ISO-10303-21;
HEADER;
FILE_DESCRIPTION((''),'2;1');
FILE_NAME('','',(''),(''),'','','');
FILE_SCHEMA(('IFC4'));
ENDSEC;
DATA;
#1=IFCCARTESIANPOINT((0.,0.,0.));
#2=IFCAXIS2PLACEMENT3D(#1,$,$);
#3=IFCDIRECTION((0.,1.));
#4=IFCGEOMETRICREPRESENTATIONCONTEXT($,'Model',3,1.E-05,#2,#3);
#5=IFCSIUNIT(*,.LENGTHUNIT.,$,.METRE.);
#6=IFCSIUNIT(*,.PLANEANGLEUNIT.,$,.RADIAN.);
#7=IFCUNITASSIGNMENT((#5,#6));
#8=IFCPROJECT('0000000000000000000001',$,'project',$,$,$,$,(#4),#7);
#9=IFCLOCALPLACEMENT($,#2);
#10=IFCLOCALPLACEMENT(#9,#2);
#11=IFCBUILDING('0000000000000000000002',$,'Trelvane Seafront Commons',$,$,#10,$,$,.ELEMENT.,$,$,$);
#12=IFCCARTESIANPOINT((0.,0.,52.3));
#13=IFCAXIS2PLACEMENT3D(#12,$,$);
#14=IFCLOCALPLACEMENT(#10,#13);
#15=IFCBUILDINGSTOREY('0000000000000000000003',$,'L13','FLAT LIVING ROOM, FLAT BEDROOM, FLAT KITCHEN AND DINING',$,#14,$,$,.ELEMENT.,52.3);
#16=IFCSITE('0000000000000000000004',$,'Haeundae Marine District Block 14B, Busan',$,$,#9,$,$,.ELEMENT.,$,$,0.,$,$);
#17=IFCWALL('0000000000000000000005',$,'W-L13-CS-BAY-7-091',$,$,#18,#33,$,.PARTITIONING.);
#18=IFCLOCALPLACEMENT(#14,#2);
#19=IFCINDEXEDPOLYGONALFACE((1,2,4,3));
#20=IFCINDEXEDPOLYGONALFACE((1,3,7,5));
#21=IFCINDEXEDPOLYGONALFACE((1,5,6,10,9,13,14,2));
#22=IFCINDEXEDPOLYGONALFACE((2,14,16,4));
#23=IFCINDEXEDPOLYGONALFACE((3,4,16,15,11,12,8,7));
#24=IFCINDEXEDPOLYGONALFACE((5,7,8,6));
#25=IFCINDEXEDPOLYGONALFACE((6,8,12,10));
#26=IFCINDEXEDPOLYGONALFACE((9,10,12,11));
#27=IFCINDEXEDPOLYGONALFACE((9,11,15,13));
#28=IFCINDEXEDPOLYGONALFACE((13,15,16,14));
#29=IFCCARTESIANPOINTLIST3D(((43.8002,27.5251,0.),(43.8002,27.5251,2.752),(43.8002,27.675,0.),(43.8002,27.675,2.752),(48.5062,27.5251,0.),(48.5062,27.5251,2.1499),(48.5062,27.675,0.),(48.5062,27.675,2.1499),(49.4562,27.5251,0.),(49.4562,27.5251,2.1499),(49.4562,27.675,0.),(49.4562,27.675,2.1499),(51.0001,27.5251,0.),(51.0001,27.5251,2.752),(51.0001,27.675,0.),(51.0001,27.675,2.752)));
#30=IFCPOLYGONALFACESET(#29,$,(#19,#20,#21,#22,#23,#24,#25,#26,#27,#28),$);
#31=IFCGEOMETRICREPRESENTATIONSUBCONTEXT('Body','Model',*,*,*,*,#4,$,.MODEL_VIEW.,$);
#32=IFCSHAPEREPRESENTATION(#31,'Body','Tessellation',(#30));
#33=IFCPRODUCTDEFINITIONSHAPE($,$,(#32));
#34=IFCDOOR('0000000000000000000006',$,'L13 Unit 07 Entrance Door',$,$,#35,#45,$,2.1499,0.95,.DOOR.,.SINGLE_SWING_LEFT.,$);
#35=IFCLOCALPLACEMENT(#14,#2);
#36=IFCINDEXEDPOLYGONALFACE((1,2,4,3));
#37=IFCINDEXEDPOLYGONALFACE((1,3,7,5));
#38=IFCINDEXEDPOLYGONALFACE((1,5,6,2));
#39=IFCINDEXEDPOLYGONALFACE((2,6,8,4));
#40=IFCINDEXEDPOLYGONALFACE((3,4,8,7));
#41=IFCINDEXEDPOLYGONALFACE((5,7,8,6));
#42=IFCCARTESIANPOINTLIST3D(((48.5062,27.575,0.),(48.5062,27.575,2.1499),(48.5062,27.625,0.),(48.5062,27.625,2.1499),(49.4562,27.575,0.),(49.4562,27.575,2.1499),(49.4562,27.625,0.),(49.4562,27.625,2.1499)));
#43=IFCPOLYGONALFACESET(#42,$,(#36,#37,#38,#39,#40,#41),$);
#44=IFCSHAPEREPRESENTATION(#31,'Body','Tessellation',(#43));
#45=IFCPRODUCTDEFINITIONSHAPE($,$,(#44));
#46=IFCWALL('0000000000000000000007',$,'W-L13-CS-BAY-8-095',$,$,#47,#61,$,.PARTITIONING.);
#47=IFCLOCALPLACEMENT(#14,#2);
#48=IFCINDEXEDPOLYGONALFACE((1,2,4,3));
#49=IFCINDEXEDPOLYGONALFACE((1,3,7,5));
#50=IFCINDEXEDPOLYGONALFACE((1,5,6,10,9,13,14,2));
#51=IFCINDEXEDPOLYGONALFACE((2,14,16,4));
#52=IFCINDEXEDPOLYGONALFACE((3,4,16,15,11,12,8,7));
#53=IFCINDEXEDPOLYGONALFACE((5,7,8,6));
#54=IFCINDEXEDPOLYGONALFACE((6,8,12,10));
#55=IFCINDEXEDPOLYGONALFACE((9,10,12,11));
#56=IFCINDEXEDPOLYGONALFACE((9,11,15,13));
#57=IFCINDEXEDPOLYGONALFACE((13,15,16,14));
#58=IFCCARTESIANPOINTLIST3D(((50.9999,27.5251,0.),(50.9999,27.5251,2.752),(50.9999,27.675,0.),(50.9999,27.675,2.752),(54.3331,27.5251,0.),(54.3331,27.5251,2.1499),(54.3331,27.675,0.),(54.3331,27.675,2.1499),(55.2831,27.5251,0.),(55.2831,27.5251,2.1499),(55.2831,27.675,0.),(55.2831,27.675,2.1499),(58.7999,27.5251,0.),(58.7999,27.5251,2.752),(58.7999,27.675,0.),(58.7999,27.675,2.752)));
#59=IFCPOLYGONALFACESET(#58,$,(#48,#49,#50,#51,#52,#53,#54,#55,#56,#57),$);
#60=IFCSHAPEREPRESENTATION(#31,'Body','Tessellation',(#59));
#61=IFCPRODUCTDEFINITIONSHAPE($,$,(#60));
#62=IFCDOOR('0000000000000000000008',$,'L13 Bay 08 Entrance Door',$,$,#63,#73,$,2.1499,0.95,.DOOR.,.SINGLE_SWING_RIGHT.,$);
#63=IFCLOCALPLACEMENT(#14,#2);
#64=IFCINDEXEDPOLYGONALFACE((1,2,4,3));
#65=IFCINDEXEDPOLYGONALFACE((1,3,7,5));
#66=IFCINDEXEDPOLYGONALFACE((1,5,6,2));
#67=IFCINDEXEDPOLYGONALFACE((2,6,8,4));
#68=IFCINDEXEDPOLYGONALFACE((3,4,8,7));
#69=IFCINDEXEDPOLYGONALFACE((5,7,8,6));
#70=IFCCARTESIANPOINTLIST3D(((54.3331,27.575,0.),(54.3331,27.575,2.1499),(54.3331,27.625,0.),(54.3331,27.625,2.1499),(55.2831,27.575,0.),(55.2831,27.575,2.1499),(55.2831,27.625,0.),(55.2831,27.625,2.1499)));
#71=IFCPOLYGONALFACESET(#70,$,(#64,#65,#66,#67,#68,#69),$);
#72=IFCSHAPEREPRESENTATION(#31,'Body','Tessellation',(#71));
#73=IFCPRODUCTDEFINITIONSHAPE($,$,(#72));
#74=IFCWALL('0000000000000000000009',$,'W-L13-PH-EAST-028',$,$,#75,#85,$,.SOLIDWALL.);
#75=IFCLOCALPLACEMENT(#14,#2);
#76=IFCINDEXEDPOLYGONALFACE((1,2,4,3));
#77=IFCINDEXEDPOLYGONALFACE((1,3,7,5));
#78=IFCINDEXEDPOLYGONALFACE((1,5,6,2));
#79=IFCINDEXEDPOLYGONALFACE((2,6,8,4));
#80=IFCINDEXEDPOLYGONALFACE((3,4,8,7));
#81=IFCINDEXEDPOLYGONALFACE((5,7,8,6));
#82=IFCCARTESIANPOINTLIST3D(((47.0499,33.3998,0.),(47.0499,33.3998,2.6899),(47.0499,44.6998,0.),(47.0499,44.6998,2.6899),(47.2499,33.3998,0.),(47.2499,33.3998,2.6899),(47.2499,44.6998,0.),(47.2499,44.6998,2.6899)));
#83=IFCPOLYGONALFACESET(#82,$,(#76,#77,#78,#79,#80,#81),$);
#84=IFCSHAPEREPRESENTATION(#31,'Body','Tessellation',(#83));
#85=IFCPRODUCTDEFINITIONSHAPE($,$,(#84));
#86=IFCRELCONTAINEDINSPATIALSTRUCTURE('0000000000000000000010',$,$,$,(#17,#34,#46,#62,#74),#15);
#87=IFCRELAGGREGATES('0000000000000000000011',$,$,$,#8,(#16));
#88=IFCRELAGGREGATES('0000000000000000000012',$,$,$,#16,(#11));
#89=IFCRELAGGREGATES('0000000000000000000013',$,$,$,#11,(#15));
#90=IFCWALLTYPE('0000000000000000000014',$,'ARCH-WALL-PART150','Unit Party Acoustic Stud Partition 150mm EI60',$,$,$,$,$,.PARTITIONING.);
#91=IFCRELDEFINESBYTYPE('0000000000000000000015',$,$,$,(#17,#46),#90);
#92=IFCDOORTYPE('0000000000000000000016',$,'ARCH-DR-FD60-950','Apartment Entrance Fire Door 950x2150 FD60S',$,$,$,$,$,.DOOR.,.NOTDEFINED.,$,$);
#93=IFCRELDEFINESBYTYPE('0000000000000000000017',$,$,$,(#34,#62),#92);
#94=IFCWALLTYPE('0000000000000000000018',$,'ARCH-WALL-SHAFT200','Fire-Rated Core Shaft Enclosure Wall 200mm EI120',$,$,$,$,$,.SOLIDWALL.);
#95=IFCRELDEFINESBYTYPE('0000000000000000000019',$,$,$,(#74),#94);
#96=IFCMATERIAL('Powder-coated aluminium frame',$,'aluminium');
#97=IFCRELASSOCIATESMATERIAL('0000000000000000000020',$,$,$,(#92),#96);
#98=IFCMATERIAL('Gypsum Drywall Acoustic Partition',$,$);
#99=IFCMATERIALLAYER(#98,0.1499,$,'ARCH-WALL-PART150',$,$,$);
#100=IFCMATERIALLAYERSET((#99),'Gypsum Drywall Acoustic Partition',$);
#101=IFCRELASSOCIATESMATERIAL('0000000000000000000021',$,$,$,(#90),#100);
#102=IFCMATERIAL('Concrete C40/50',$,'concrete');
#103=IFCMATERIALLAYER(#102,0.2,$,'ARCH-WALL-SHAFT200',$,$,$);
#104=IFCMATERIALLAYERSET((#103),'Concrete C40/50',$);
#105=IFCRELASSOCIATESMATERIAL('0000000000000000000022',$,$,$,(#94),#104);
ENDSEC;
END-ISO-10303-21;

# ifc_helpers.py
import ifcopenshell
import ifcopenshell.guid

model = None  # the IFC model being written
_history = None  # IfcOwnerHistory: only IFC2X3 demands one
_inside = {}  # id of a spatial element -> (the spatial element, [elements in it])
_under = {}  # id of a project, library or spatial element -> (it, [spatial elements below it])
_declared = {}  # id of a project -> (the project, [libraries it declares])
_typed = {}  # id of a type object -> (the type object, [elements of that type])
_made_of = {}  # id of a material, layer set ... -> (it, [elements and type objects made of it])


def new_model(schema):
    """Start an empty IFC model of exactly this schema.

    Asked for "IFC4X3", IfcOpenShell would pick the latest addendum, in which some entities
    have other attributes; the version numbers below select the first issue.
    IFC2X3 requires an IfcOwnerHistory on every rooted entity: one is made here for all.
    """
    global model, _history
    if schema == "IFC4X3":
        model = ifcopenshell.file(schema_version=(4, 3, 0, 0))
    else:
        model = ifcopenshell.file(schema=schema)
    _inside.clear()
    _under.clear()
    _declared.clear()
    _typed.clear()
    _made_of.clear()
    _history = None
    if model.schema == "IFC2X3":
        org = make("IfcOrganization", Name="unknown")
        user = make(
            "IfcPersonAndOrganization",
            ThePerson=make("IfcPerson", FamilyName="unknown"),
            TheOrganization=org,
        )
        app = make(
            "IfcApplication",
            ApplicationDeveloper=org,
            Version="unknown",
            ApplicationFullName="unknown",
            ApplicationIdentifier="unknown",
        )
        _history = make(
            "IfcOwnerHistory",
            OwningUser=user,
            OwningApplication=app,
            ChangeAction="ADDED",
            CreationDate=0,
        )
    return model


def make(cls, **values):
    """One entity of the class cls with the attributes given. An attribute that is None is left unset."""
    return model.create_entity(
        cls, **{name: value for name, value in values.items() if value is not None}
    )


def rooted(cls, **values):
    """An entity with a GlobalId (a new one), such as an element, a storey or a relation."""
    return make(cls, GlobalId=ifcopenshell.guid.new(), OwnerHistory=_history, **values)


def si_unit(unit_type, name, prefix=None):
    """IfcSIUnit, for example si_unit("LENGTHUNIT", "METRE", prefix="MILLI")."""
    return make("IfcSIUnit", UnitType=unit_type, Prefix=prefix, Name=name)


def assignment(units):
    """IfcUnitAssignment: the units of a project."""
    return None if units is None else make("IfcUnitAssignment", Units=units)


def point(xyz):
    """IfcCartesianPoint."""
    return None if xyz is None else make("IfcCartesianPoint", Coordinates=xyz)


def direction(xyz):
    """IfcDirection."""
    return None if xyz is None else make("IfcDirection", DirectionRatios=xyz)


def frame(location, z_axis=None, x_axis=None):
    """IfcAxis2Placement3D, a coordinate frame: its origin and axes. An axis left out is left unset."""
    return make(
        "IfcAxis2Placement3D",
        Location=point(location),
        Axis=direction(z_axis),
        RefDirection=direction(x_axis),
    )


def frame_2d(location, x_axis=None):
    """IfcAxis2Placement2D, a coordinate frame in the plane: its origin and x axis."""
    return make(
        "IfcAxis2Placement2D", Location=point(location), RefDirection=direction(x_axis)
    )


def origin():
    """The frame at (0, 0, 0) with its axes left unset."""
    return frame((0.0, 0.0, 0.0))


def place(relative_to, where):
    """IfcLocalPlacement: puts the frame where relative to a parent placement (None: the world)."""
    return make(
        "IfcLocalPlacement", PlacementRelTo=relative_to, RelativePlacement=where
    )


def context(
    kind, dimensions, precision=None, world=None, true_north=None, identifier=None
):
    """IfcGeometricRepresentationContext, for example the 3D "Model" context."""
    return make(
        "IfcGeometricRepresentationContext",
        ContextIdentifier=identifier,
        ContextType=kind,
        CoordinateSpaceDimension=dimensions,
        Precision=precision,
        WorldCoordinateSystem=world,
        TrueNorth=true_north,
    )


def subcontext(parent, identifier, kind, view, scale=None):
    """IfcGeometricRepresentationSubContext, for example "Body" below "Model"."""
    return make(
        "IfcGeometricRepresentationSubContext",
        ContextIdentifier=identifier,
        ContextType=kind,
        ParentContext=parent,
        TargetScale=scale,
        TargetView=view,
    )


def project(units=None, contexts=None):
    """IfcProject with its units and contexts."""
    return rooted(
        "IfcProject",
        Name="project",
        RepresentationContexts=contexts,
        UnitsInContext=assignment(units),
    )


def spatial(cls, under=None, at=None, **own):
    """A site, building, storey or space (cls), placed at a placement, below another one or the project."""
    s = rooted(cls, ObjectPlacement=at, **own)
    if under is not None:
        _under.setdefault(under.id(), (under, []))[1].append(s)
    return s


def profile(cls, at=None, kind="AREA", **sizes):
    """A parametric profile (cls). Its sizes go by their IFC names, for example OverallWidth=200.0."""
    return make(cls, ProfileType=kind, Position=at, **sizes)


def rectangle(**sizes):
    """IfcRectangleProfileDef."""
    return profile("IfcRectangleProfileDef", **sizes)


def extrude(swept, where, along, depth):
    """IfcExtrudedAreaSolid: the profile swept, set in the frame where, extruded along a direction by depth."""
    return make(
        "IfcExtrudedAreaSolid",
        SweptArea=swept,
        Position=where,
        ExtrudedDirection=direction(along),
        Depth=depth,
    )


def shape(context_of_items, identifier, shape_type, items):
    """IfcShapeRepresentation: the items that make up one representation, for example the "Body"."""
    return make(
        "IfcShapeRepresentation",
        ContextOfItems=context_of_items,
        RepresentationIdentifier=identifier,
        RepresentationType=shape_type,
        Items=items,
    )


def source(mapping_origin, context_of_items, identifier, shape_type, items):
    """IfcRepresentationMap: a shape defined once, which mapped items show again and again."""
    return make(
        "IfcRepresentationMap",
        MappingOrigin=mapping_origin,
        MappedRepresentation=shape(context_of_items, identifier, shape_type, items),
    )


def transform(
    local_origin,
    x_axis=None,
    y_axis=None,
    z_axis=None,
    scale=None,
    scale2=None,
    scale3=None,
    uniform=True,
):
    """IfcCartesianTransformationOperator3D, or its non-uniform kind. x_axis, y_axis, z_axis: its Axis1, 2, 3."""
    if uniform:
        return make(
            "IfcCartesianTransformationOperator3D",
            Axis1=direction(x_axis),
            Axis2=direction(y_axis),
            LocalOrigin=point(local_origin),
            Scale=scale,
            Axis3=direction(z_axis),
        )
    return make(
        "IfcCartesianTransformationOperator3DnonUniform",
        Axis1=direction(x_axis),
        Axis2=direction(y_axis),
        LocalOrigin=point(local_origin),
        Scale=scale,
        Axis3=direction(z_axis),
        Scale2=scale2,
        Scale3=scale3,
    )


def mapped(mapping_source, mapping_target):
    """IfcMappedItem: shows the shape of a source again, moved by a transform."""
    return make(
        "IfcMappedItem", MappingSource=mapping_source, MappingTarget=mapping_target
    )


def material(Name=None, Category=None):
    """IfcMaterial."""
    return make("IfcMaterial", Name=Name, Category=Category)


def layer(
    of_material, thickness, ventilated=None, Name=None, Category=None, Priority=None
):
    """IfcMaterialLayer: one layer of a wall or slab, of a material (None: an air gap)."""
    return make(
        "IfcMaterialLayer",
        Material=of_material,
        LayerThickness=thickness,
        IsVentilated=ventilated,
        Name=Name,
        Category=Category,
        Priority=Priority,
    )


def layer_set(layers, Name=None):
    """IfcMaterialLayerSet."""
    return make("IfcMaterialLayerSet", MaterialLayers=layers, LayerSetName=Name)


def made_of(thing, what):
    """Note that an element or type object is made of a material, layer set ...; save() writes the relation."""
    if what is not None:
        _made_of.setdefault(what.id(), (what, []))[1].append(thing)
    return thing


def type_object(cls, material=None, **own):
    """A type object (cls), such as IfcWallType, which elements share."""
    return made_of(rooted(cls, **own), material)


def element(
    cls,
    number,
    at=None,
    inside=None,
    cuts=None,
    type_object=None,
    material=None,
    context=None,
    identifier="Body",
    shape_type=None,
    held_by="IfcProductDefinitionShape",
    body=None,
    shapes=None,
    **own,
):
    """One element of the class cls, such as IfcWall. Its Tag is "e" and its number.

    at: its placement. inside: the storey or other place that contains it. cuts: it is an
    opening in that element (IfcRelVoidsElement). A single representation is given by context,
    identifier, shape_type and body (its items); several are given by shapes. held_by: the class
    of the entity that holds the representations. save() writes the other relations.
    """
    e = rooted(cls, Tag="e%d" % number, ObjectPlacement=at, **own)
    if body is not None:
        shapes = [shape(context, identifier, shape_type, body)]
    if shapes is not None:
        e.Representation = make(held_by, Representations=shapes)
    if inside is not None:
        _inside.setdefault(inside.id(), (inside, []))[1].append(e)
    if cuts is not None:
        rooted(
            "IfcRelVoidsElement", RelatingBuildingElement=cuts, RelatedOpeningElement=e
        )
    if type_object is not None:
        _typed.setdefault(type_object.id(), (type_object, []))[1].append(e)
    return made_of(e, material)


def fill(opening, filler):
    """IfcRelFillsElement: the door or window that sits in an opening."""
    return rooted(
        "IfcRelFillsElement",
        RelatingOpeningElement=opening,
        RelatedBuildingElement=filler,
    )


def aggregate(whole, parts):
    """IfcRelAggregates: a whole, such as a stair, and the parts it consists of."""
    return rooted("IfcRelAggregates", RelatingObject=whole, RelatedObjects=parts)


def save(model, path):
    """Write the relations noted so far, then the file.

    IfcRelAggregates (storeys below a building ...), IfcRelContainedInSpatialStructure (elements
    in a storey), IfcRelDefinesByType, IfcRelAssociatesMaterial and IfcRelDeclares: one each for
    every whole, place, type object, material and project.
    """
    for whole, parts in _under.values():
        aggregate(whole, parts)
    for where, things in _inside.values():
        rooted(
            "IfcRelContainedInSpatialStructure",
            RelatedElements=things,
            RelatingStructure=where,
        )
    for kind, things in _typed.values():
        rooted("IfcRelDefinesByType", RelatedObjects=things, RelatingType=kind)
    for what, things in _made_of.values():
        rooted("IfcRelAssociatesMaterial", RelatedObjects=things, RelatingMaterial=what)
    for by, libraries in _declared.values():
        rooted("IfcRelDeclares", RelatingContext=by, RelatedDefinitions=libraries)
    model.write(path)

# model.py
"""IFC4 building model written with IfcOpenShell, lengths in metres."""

from ifc_helpers import new_model, si_unit, direction, frame, frame_2d, origin, place, context, subcontext, project, spatial, rectangle, extrude, source, transform, mapped, material, layer, layer_set, type_object, element, fill, save


model = new_model("IFC4")

# Units and contexts
model_context = context("Model", 3, precision=1e-05, world=origin(), true_north=direction((0.0, 1.0)))
body_context = subcontext(model_context, "Body", "Model", "MODEL_VIEW")
ifc_project = project(units=[si_unit("LENGTHUNIT", "METRE"), si_unit("PLANEANGLEUNIT", "RADIAN")], contexts=[model_context])

# Site, building, storey
site_placement = place(None, origin())
site = spatial("IfcSite", under=ifc_project, at=site_placement, Name="Haeundae Marine District Block 14B, Busan", CompositionType="ELEMENT", RefElevation=0.0)
building_placement = place(site_placement, origin())
building = spatial("IfcBuilding", under=site, at=building_placement, Name="Trelvane Seafront Commons", CompositionType="ELEMENT")
storey_placement = place(building_placement, frame((0.0, 0.0, 52.3)))
storey = spatial("IfcBuildingStorey", under=building, at=storey_placement, Name="L13", Description="FLAT LIVING ROOM, FLAT BEDROOM, FLAT KITCHEN AND DINING", CompositionType="ELEMENT", Elevation=52.3)

# Shared definitions
ifc_material_1 = material(Name="Concrete C40/50", Category="concrete")
ifc_material_2 = material(Name="Powder-coated aluminium frame", Category="aluminium")
door_type_1 = type_object("IfcDoorType", Name="ARCH-DR-FD60-950", Description="Apartment Entrance Fire Door 950x2150 FD60S", OperationType="NOTDEFINED", PredefinedType="DOOR", material=ifc_material_2)
shared_shape_1 = source(origin(), body_context, "Body", "SweptSolid", [
    extrude(rectangle(XDim=0.95, YDim=2.1499, at=frame_2d((0.4751, 1.075))), frame((0.0, 0.0249, 0.0), z_axis=(0.0, -1.0, 0.0), x_axis=(1.0, 0.0, 0.0)), (0.0, 0.0, 1.0), 0.05),
])

# Shared definitions
ifc_material_3 = material(Name="Gypsum Drywall Acoustic Partition")

# Walls, openings, doors
ifc_layer_1 = layer(ifc_material_3, 0.1499, Name="ARCH-WALL-PART150")
ifc_layer_set_1 = layer_set([ifc_layer_1], Name="Gypsum Drywall Acoustic Partition")
wall_type_1 = type_object("IfcWallType", Name="ARCH-WALL-PART150", Description="Unit Party Acoustic Stud Partition 150mm EI60", PredefinedType="PARTITIONING", material=ifc_layer_set_1)
wall_1_placement = place(storey_placement, frame((43.8, 27.6001, 0.0), z_axis=(0.0, 0.0, 1.0), x_axis=(1.0, 0.0, 0.0)))
wall_1 = element("IfcWall", 1, at=wall_1_placement, inside=storey, type_object=wall_type_1, Name="W-L13-CS-BAY-7-091", PredefinedType="PARTITIONING", context=body_context, shape_type="SweptSolid", body=[
    extrude(rectangle(XDim=7.2, YDim=0.1499, at=frame_2d((3.6001, 0.0))), origin(), (0.0, 0.0, 1.0), 2.752),
])
opening_1_placement = place(wall_1_placement, frame((4.7061, 0.0, 0.0)))
opening_1 = element("IfcOpeningElement", 2, at=opening_1_placement, cuts=wall_1, PredefinedType="OPENING", context=body_context, shape_type="SweptSolid", body=[
    extrude(rectangle(XDim=0.95, YDim=2.1499, at=frame_2d((0.4751, 1.075))), frame((0.0, 0.085, 0.0), z_axis=(0.0, -1.0, 0.0), x_axis=(1.0, 0.0, 0.0)), (0.0, 0.0, 1.0), 0.1699),
])
door_1_placement = place(opening_1_placement, origin())
door_1 = element("IfcDoor", 3, at=door_1_placement, inside=storey, type_object=door_type_1, Name="L13 Unit 07 Entrance Door", OperationType="SINGLE_SWING_LEFT", OverallHeight=2.1499, OverallWidth=0.95, PredefinedType="DOOR", context=body_context, shape_type="MappedRepresentation", body=[
    mapped(shared_shape_1, transform((0.0, 0.0, 0.0), x_axis=(1.0, 0.0, 0.0), y_axis=(0.0, 1.0, 0.0), z_axis=(0.0, 0.0, 1.0), scale=1.0)),
])
fill(opening_1, door_1)
wall_2_placement = place(storey_placement, frame((51.0, 27.6001, 0.0), z_axis=(0.0, 0.0, 1.0), x_axis=(1.0, 0.0, 0.0)))
wall_2 = element("IfcWall", 4, at=wall_2_placement, inside=storey, type_object=wall_type_1, Name="W-L13-CS-BAY-8-095", PredefinedType="PARTITIONING", context=body_context, shape_type="SweptSolid", body=[
    extrude(rectangle(XDim=7.8, YDim=0.1499, at=frame_2d((3.8999, 0.0))), origin(), (0.0, 0.0, 1.0), 2.752),
])
opening_2_placement = place(wall_2_placement, frame((3.333, 0.0, 0.0)))
opening_2 = element("IfcOpeningElement", 5, at=opening_2_placement, cuts=wall_2, PredefinedType="OPENING", context=body_context, shape_type="SweptSolid", body=[
    extrude(rectangle(XDim=0.95, YDim=2.1499, at=frame_2d((0.4751, 1.075))), frame((0.0, 0.085, 0.0), z_axis=(0.0, -1.0, 0.0), x_axis=(1.0, 0.0, 0.0)), (0.0, 0.0, 1.0), 0.1699),
])
door_2_placement = place(opening_2_placement, origin())
door_2 = element("IfcDoor", 6, at=door_2_placement, inside=storey, type_object=door_type_1, Name="L13 Bay 08 Entrance Door", OperationType="SINGLE_SWING_RIGHT", OverallHeight=2.1499, OverallWidth=0.95, PredefinedType="DOOR", context=body_context, shape_type="MappedRepresentation", body=[
    mapped(shared_shape_1, transform((0.0, 0.0, 0.0), x_axis=(1.0, 0.0, 0.0), y_axis=(0.0, 1.0, 0.0), z_axis=(0.0, 0.0, 1.0), scale=1.0)),
])
fill(opening_2, door_2)

# Wall
ifc_layer_2 = layer(ifc_material_1, 0.2, Name="ARCH-WALL-SHAFT200")
ifc_layer_set_2 = layer_set([ifc_layer_2], Name="Concrete C40/50")
wall_type_2 = type_object("IfcWallType", Name="ARCH-WALL-SHAFT200", Description="Fire-Rated Core Shaft Enclosure Wall 200mm EI120", PredefinedType="SOLIDWALL", material=ifc_layer_set_2)
wall_3_placement = place(storey_placement, frame((47.1499, 33.3999, 0.0), z_axis=(0.0, 0.0, 1.0), x_axis=(0.0, 1.0, 0.0)))
element("IfcWall", 7, at=wall_3_placement, inside=storey, type_object=wall_type_2, Name="W-L13-PH-EAST-028", PredefinedType="SOLIDWALL", context=body_context, shape_type="SweptSolid", body=[
    extrude(rectangle(XDim=11.3, YDim=0.2, at=frame_2d((5.6499, 0.0))), origin(), (0.0, 0.0, 1.0), 2.6899),
])

save(model, "model.ifc")
